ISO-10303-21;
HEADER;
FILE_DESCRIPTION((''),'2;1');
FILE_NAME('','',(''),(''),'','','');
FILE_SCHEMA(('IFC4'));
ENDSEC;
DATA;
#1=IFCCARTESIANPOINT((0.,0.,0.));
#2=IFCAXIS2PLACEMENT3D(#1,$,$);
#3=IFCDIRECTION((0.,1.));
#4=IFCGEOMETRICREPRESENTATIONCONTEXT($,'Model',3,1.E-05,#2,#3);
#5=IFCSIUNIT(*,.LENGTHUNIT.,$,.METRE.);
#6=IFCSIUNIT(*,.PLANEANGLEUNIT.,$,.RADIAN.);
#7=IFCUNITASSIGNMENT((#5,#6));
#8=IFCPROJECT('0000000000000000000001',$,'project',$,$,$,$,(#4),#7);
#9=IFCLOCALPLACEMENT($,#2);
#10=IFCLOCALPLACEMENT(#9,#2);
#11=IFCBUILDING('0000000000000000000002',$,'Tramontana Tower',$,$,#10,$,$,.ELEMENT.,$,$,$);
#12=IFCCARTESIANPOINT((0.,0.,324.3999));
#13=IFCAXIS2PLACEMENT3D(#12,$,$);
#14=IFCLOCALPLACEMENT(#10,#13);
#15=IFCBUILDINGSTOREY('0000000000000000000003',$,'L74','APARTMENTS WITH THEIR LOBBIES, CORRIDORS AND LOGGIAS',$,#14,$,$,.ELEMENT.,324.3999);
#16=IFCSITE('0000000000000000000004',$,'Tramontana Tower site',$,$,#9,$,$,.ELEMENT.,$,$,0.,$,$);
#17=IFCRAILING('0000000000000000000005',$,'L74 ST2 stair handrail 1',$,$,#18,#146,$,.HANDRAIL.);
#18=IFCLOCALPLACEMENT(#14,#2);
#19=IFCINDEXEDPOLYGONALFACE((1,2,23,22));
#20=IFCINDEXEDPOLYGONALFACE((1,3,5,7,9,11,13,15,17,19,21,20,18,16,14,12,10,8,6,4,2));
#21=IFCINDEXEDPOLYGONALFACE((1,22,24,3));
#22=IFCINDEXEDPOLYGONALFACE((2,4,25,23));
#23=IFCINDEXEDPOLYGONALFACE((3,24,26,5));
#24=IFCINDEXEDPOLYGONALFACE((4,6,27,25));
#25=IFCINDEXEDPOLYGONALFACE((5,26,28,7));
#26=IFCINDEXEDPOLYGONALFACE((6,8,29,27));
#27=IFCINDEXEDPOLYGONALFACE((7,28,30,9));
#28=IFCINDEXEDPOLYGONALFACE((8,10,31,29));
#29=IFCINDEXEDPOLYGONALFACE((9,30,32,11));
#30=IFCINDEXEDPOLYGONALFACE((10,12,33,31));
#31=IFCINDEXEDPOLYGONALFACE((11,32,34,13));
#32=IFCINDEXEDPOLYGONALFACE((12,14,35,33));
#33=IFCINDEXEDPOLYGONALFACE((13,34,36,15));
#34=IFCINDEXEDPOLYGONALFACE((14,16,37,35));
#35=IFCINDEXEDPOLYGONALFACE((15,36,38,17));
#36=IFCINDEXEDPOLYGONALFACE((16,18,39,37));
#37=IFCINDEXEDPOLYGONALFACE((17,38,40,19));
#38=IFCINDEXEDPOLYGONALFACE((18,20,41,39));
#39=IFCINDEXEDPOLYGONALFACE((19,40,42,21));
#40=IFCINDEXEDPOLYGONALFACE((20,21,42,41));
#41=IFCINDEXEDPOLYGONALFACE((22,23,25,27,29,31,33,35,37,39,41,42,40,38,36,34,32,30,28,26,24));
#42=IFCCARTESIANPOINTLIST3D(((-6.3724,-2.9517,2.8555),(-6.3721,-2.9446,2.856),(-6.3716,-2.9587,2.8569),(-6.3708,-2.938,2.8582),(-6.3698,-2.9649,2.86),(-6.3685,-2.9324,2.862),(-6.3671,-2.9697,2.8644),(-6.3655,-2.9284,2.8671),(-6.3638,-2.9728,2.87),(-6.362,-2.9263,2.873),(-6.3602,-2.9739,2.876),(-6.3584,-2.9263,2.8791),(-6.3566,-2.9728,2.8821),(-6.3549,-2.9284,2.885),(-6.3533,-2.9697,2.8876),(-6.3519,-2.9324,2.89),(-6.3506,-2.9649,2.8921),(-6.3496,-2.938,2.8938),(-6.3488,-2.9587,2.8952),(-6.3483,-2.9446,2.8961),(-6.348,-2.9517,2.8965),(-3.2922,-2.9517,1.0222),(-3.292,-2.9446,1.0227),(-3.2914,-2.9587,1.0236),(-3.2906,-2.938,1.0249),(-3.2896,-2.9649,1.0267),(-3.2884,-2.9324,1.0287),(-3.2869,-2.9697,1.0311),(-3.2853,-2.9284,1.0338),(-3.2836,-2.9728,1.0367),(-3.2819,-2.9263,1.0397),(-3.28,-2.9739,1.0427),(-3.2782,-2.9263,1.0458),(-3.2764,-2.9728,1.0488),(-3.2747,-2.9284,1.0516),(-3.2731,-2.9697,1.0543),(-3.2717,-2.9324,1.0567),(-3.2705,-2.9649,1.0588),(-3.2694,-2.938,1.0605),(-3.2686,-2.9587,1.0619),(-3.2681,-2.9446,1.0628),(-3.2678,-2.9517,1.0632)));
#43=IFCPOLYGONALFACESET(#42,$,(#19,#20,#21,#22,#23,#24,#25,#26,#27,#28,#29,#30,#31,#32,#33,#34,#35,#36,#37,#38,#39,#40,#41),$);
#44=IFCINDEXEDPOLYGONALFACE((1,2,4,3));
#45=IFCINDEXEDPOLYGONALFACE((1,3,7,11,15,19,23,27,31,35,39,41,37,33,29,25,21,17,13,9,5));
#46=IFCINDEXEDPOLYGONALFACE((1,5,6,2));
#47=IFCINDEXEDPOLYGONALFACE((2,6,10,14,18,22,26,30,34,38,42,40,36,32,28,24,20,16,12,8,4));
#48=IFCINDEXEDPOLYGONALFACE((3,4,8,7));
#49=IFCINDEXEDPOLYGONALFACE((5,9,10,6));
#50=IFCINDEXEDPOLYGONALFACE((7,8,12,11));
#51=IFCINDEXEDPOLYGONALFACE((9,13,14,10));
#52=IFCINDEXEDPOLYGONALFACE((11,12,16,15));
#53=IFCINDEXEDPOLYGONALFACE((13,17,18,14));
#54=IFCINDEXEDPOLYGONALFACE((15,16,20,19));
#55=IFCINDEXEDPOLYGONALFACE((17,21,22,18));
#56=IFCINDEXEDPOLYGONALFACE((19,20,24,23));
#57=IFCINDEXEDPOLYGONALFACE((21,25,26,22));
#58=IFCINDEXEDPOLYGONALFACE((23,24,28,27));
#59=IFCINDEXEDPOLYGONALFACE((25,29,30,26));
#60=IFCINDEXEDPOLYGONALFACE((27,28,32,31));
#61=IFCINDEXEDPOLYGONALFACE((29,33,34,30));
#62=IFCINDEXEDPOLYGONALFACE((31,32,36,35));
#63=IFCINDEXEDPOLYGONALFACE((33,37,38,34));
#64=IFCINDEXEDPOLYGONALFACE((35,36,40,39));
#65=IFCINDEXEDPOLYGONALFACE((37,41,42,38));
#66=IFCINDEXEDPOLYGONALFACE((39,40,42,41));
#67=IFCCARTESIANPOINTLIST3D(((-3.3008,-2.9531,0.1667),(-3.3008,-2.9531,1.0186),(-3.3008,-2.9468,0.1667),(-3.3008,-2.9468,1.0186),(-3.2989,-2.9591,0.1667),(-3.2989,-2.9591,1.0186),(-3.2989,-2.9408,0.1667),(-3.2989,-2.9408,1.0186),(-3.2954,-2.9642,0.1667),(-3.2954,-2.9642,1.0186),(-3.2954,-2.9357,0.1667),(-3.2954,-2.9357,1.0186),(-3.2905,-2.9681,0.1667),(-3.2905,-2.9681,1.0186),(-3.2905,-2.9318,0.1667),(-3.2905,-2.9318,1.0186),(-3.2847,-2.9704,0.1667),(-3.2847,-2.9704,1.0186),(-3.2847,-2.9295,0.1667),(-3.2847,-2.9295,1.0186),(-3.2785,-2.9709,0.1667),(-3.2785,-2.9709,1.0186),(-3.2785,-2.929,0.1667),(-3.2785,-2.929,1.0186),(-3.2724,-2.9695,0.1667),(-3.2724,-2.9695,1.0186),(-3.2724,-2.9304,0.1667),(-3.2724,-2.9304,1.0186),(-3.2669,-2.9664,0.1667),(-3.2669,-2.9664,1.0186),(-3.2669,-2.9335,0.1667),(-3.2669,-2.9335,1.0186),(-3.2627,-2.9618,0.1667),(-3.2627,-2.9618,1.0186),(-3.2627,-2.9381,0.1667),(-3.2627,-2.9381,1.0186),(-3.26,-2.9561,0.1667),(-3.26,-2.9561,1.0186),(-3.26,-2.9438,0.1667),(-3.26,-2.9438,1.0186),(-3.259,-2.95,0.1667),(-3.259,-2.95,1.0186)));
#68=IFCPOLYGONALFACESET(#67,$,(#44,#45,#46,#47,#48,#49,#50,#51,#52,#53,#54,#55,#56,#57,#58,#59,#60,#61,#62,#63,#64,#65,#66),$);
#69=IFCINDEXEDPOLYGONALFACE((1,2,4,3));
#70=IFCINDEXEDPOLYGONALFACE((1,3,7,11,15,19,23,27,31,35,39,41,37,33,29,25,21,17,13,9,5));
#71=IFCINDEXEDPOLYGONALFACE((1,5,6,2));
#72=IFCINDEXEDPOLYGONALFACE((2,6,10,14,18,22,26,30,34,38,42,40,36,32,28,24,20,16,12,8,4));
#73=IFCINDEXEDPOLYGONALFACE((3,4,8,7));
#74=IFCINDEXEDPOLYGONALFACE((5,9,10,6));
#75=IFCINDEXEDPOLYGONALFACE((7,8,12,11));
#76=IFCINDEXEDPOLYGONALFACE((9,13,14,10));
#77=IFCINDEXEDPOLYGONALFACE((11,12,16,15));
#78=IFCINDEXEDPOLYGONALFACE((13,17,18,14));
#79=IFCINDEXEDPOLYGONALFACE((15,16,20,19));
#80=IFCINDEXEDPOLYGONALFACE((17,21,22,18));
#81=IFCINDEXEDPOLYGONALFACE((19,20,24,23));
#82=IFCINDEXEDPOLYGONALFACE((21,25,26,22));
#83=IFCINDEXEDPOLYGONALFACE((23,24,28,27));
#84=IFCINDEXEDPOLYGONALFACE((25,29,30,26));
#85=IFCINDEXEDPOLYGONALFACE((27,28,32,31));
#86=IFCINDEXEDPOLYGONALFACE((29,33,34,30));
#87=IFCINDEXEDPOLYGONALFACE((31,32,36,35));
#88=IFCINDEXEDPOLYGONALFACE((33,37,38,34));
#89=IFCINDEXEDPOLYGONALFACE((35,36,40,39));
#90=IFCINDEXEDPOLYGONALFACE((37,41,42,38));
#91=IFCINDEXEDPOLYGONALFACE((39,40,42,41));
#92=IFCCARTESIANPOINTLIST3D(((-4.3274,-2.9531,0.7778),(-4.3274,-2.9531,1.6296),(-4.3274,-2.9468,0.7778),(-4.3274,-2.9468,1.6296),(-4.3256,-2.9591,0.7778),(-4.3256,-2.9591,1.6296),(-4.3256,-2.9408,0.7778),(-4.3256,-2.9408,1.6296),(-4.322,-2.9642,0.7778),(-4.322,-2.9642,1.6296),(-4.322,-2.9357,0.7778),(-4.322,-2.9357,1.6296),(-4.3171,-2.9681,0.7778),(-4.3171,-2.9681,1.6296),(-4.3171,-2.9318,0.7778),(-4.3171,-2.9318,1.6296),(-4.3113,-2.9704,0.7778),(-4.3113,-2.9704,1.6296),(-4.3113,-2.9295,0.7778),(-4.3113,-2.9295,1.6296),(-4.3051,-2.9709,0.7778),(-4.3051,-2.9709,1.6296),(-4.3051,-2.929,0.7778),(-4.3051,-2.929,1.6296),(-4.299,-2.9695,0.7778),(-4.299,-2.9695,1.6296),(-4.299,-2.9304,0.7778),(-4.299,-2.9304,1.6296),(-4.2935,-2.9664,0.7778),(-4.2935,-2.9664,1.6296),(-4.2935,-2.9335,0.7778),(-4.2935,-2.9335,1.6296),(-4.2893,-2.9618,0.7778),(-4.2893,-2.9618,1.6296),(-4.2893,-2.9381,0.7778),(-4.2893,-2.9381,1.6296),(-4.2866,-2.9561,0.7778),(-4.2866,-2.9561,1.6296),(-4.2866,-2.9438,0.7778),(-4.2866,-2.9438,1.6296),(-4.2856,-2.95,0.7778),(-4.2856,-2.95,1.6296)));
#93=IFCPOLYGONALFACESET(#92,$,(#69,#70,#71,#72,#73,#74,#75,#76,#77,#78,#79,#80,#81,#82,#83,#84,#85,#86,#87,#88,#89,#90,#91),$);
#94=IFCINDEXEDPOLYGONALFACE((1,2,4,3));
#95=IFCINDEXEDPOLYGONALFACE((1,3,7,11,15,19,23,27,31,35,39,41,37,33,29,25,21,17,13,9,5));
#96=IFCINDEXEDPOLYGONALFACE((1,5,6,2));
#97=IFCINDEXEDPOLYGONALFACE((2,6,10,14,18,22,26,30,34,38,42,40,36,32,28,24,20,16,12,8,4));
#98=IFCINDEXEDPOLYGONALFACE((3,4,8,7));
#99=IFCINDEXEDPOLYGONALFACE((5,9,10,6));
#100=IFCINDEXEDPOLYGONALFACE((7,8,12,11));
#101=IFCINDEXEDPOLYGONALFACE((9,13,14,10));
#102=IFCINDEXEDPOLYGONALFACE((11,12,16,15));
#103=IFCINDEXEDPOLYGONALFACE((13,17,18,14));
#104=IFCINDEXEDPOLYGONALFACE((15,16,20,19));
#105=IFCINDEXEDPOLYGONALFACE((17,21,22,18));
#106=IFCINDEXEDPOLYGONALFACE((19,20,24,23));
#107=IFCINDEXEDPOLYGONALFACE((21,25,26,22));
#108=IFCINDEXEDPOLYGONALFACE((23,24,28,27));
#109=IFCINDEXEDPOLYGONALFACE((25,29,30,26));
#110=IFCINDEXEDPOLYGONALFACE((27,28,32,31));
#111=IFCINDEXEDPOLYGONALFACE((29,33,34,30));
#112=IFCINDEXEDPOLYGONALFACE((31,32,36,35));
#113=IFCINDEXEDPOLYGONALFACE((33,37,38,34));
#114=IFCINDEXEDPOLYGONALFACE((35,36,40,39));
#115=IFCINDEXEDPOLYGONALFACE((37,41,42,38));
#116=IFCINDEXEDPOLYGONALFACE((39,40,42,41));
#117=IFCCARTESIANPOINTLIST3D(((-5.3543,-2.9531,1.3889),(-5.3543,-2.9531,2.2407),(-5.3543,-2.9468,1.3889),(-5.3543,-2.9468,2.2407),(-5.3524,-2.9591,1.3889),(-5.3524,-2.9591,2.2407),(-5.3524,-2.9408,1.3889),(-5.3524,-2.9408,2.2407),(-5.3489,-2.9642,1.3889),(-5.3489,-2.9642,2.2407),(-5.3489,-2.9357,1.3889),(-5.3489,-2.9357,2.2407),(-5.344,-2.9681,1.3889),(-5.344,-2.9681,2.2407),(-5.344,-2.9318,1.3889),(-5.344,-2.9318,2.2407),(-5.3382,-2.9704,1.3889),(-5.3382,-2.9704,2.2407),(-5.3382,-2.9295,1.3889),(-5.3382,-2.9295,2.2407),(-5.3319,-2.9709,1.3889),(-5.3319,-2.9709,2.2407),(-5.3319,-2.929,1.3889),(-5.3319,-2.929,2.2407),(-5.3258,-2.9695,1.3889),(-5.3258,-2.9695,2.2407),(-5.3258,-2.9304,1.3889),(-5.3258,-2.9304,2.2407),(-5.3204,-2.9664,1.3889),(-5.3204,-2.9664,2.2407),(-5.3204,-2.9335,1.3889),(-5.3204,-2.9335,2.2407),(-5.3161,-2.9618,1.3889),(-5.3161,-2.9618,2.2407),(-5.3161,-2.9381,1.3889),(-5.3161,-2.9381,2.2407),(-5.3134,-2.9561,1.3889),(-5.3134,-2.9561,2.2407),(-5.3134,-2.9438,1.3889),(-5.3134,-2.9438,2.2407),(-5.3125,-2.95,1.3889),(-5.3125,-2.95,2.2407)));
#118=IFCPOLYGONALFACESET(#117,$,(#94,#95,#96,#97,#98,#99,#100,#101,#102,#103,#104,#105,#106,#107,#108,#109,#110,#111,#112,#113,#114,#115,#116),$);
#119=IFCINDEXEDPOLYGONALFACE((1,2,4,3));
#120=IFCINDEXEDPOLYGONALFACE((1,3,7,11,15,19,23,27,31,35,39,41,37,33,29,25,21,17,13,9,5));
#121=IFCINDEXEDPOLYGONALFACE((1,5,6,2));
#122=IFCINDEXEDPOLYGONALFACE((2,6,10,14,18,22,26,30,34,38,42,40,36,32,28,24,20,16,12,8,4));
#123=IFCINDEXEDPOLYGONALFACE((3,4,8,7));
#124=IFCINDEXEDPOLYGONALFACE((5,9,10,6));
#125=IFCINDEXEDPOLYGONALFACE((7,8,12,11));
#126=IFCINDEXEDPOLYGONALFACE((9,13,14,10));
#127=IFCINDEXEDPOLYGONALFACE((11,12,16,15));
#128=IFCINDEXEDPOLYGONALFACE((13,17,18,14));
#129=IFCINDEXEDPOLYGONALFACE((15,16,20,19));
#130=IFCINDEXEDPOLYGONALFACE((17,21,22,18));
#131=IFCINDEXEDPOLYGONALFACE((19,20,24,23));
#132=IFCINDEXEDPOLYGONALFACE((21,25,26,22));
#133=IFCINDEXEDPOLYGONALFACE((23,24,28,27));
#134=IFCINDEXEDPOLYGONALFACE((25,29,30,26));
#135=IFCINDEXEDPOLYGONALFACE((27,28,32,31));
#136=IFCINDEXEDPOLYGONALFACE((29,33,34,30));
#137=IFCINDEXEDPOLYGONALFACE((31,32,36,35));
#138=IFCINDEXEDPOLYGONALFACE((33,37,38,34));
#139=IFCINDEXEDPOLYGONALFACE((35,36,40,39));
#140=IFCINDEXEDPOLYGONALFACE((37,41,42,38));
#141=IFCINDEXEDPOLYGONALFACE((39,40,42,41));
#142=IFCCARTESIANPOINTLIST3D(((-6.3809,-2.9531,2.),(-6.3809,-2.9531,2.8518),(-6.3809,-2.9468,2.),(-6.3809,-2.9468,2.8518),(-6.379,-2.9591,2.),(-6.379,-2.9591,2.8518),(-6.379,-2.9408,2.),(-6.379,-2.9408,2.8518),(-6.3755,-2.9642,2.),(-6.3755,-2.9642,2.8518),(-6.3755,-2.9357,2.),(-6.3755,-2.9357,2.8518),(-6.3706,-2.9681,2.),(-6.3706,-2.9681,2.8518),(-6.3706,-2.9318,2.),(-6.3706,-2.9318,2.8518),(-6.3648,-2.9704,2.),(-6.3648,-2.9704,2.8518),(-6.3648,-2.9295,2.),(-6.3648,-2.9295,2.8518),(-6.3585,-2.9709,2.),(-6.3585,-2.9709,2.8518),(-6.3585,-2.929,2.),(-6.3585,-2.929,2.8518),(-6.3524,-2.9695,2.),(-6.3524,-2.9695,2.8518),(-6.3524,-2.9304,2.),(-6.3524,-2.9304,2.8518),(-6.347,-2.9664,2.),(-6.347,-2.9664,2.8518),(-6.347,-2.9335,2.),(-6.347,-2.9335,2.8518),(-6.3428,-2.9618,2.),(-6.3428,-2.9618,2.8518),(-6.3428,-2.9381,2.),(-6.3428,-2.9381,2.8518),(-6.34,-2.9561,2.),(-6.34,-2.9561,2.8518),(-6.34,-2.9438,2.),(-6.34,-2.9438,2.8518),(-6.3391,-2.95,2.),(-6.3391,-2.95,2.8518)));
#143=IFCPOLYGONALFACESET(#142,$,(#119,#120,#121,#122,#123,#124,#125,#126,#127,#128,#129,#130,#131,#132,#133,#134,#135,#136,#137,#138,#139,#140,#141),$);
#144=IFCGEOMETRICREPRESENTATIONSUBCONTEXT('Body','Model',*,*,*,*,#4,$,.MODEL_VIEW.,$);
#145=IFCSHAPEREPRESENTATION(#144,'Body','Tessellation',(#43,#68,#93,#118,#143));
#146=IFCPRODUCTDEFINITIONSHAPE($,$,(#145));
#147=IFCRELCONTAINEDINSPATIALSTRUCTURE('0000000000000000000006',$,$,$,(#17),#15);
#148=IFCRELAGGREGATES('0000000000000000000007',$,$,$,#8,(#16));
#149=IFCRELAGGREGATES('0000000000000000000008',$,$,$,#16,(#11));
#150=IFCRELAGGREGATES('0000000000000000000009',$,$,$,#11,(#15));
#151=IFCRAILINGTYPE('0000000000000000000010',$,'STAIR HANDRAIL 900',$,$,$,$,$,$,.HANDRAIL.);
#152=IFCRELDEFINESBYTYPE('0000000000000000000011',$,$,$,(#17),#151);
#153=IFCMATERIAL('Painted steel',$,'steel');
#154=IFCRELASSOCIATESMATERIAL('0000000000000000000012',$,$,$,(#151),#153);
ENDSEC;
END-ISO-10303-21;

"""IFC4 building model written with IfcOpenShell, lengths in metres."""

from ifc_helpers import new_model, si_unit, direction, frame, origin, origin_2d, place, context, subcontext, project, spatial, circle, extrude, material, type_object, element, save


model = new_model("IFC4")

# Units and contexts
model_context = context("Model", 3, precision=1e-05, world=origin(), true_north=direction((0.0, 1.0)))
body_context = subcontext(model_context, "Body", "Model", "MODEL_VIEW")
ifc_project = project(units=[si_unit("LENGTHUNIT", "METRE"), si_unit("PLANEANGLEUNIT", "RADIAN")], contexts=[model_context])

# Site, building, storey
site_placement = place(None, origin())
site = spatial("IfcSite", under=ifc_project, at=site_placement, Name="Tramontana Tower site", CompositionType="ELEMENT", RefElevation=0.0)
building_placement = place(site_placement, origin())
building = spatial("IfcBuilding", under=site, at=building_placement, Name="Tramontana Tower", CompositionType="ELEMENT")
storey_placement = place(building_placement, frame((0.0, 0.0, 324.3999)))
storey = spatial("IfcBuildingStorey", under=building, at=storey_placement, Name="L74", Description="APARTMENTS WITH THEIR LOBBIES, CORRIDORS AND LOGGIAS", CompositionType="ELEMENT", Elevation=324.3999)

# Railing
ifc_material_1 = material(Name="Painted steel", Category="steel")
railing_type_1 = type_object("IfcRailingType", Name="STAIR HANDRAIL 900", PredefinedType="HANDRAIL", material=ifc_material_1)
railing_1_placement = place(storey_placement, frame((-3.28, -2.95, 0.1667)))
element("IfcRailing", 1, at=railing_1_placement, inside=storey, type_object=railing_type_1, Name="L74 ST2 stair handrail 1", PredefinedType="HANDRAIL", context=body_context, shape_type="SweptSolid", body=[
    extrude(circle(Radius=0.0239, at=origin_2d()), frame((0.0, 0.0, 0.876), z_axis=(-0.859309, 0.0, 0.511458), x_axis=(0.0, -1.0, 0.0)), (0.0, 0.0, 1.0), 3.5845),
    extrude(circle(Radius=0.021, at=origin_2d()), origin(), (0.0, 0.0, 1.0), 0.8518),
    extrude(circle(Radius=0.021, at=origin_2d()), frame((-1.0266, 0.0, 0.6111)), (0.0, 0.0, 1.0), 0.8518),
    extrude(circle(Radius=0.021, at=origin_2d()), frame((-2.0535, 0.0, 1.2222)), (0.0, 0.0, 1.0), 0.8518),
    extrude(circle(Radius=0.021, at=origin_2d()), frame((-3.0801, 0.0, 1.8333)), (0.0, 0.0, 1.0), 0.8518),
])

save(model, "model.ifc")
